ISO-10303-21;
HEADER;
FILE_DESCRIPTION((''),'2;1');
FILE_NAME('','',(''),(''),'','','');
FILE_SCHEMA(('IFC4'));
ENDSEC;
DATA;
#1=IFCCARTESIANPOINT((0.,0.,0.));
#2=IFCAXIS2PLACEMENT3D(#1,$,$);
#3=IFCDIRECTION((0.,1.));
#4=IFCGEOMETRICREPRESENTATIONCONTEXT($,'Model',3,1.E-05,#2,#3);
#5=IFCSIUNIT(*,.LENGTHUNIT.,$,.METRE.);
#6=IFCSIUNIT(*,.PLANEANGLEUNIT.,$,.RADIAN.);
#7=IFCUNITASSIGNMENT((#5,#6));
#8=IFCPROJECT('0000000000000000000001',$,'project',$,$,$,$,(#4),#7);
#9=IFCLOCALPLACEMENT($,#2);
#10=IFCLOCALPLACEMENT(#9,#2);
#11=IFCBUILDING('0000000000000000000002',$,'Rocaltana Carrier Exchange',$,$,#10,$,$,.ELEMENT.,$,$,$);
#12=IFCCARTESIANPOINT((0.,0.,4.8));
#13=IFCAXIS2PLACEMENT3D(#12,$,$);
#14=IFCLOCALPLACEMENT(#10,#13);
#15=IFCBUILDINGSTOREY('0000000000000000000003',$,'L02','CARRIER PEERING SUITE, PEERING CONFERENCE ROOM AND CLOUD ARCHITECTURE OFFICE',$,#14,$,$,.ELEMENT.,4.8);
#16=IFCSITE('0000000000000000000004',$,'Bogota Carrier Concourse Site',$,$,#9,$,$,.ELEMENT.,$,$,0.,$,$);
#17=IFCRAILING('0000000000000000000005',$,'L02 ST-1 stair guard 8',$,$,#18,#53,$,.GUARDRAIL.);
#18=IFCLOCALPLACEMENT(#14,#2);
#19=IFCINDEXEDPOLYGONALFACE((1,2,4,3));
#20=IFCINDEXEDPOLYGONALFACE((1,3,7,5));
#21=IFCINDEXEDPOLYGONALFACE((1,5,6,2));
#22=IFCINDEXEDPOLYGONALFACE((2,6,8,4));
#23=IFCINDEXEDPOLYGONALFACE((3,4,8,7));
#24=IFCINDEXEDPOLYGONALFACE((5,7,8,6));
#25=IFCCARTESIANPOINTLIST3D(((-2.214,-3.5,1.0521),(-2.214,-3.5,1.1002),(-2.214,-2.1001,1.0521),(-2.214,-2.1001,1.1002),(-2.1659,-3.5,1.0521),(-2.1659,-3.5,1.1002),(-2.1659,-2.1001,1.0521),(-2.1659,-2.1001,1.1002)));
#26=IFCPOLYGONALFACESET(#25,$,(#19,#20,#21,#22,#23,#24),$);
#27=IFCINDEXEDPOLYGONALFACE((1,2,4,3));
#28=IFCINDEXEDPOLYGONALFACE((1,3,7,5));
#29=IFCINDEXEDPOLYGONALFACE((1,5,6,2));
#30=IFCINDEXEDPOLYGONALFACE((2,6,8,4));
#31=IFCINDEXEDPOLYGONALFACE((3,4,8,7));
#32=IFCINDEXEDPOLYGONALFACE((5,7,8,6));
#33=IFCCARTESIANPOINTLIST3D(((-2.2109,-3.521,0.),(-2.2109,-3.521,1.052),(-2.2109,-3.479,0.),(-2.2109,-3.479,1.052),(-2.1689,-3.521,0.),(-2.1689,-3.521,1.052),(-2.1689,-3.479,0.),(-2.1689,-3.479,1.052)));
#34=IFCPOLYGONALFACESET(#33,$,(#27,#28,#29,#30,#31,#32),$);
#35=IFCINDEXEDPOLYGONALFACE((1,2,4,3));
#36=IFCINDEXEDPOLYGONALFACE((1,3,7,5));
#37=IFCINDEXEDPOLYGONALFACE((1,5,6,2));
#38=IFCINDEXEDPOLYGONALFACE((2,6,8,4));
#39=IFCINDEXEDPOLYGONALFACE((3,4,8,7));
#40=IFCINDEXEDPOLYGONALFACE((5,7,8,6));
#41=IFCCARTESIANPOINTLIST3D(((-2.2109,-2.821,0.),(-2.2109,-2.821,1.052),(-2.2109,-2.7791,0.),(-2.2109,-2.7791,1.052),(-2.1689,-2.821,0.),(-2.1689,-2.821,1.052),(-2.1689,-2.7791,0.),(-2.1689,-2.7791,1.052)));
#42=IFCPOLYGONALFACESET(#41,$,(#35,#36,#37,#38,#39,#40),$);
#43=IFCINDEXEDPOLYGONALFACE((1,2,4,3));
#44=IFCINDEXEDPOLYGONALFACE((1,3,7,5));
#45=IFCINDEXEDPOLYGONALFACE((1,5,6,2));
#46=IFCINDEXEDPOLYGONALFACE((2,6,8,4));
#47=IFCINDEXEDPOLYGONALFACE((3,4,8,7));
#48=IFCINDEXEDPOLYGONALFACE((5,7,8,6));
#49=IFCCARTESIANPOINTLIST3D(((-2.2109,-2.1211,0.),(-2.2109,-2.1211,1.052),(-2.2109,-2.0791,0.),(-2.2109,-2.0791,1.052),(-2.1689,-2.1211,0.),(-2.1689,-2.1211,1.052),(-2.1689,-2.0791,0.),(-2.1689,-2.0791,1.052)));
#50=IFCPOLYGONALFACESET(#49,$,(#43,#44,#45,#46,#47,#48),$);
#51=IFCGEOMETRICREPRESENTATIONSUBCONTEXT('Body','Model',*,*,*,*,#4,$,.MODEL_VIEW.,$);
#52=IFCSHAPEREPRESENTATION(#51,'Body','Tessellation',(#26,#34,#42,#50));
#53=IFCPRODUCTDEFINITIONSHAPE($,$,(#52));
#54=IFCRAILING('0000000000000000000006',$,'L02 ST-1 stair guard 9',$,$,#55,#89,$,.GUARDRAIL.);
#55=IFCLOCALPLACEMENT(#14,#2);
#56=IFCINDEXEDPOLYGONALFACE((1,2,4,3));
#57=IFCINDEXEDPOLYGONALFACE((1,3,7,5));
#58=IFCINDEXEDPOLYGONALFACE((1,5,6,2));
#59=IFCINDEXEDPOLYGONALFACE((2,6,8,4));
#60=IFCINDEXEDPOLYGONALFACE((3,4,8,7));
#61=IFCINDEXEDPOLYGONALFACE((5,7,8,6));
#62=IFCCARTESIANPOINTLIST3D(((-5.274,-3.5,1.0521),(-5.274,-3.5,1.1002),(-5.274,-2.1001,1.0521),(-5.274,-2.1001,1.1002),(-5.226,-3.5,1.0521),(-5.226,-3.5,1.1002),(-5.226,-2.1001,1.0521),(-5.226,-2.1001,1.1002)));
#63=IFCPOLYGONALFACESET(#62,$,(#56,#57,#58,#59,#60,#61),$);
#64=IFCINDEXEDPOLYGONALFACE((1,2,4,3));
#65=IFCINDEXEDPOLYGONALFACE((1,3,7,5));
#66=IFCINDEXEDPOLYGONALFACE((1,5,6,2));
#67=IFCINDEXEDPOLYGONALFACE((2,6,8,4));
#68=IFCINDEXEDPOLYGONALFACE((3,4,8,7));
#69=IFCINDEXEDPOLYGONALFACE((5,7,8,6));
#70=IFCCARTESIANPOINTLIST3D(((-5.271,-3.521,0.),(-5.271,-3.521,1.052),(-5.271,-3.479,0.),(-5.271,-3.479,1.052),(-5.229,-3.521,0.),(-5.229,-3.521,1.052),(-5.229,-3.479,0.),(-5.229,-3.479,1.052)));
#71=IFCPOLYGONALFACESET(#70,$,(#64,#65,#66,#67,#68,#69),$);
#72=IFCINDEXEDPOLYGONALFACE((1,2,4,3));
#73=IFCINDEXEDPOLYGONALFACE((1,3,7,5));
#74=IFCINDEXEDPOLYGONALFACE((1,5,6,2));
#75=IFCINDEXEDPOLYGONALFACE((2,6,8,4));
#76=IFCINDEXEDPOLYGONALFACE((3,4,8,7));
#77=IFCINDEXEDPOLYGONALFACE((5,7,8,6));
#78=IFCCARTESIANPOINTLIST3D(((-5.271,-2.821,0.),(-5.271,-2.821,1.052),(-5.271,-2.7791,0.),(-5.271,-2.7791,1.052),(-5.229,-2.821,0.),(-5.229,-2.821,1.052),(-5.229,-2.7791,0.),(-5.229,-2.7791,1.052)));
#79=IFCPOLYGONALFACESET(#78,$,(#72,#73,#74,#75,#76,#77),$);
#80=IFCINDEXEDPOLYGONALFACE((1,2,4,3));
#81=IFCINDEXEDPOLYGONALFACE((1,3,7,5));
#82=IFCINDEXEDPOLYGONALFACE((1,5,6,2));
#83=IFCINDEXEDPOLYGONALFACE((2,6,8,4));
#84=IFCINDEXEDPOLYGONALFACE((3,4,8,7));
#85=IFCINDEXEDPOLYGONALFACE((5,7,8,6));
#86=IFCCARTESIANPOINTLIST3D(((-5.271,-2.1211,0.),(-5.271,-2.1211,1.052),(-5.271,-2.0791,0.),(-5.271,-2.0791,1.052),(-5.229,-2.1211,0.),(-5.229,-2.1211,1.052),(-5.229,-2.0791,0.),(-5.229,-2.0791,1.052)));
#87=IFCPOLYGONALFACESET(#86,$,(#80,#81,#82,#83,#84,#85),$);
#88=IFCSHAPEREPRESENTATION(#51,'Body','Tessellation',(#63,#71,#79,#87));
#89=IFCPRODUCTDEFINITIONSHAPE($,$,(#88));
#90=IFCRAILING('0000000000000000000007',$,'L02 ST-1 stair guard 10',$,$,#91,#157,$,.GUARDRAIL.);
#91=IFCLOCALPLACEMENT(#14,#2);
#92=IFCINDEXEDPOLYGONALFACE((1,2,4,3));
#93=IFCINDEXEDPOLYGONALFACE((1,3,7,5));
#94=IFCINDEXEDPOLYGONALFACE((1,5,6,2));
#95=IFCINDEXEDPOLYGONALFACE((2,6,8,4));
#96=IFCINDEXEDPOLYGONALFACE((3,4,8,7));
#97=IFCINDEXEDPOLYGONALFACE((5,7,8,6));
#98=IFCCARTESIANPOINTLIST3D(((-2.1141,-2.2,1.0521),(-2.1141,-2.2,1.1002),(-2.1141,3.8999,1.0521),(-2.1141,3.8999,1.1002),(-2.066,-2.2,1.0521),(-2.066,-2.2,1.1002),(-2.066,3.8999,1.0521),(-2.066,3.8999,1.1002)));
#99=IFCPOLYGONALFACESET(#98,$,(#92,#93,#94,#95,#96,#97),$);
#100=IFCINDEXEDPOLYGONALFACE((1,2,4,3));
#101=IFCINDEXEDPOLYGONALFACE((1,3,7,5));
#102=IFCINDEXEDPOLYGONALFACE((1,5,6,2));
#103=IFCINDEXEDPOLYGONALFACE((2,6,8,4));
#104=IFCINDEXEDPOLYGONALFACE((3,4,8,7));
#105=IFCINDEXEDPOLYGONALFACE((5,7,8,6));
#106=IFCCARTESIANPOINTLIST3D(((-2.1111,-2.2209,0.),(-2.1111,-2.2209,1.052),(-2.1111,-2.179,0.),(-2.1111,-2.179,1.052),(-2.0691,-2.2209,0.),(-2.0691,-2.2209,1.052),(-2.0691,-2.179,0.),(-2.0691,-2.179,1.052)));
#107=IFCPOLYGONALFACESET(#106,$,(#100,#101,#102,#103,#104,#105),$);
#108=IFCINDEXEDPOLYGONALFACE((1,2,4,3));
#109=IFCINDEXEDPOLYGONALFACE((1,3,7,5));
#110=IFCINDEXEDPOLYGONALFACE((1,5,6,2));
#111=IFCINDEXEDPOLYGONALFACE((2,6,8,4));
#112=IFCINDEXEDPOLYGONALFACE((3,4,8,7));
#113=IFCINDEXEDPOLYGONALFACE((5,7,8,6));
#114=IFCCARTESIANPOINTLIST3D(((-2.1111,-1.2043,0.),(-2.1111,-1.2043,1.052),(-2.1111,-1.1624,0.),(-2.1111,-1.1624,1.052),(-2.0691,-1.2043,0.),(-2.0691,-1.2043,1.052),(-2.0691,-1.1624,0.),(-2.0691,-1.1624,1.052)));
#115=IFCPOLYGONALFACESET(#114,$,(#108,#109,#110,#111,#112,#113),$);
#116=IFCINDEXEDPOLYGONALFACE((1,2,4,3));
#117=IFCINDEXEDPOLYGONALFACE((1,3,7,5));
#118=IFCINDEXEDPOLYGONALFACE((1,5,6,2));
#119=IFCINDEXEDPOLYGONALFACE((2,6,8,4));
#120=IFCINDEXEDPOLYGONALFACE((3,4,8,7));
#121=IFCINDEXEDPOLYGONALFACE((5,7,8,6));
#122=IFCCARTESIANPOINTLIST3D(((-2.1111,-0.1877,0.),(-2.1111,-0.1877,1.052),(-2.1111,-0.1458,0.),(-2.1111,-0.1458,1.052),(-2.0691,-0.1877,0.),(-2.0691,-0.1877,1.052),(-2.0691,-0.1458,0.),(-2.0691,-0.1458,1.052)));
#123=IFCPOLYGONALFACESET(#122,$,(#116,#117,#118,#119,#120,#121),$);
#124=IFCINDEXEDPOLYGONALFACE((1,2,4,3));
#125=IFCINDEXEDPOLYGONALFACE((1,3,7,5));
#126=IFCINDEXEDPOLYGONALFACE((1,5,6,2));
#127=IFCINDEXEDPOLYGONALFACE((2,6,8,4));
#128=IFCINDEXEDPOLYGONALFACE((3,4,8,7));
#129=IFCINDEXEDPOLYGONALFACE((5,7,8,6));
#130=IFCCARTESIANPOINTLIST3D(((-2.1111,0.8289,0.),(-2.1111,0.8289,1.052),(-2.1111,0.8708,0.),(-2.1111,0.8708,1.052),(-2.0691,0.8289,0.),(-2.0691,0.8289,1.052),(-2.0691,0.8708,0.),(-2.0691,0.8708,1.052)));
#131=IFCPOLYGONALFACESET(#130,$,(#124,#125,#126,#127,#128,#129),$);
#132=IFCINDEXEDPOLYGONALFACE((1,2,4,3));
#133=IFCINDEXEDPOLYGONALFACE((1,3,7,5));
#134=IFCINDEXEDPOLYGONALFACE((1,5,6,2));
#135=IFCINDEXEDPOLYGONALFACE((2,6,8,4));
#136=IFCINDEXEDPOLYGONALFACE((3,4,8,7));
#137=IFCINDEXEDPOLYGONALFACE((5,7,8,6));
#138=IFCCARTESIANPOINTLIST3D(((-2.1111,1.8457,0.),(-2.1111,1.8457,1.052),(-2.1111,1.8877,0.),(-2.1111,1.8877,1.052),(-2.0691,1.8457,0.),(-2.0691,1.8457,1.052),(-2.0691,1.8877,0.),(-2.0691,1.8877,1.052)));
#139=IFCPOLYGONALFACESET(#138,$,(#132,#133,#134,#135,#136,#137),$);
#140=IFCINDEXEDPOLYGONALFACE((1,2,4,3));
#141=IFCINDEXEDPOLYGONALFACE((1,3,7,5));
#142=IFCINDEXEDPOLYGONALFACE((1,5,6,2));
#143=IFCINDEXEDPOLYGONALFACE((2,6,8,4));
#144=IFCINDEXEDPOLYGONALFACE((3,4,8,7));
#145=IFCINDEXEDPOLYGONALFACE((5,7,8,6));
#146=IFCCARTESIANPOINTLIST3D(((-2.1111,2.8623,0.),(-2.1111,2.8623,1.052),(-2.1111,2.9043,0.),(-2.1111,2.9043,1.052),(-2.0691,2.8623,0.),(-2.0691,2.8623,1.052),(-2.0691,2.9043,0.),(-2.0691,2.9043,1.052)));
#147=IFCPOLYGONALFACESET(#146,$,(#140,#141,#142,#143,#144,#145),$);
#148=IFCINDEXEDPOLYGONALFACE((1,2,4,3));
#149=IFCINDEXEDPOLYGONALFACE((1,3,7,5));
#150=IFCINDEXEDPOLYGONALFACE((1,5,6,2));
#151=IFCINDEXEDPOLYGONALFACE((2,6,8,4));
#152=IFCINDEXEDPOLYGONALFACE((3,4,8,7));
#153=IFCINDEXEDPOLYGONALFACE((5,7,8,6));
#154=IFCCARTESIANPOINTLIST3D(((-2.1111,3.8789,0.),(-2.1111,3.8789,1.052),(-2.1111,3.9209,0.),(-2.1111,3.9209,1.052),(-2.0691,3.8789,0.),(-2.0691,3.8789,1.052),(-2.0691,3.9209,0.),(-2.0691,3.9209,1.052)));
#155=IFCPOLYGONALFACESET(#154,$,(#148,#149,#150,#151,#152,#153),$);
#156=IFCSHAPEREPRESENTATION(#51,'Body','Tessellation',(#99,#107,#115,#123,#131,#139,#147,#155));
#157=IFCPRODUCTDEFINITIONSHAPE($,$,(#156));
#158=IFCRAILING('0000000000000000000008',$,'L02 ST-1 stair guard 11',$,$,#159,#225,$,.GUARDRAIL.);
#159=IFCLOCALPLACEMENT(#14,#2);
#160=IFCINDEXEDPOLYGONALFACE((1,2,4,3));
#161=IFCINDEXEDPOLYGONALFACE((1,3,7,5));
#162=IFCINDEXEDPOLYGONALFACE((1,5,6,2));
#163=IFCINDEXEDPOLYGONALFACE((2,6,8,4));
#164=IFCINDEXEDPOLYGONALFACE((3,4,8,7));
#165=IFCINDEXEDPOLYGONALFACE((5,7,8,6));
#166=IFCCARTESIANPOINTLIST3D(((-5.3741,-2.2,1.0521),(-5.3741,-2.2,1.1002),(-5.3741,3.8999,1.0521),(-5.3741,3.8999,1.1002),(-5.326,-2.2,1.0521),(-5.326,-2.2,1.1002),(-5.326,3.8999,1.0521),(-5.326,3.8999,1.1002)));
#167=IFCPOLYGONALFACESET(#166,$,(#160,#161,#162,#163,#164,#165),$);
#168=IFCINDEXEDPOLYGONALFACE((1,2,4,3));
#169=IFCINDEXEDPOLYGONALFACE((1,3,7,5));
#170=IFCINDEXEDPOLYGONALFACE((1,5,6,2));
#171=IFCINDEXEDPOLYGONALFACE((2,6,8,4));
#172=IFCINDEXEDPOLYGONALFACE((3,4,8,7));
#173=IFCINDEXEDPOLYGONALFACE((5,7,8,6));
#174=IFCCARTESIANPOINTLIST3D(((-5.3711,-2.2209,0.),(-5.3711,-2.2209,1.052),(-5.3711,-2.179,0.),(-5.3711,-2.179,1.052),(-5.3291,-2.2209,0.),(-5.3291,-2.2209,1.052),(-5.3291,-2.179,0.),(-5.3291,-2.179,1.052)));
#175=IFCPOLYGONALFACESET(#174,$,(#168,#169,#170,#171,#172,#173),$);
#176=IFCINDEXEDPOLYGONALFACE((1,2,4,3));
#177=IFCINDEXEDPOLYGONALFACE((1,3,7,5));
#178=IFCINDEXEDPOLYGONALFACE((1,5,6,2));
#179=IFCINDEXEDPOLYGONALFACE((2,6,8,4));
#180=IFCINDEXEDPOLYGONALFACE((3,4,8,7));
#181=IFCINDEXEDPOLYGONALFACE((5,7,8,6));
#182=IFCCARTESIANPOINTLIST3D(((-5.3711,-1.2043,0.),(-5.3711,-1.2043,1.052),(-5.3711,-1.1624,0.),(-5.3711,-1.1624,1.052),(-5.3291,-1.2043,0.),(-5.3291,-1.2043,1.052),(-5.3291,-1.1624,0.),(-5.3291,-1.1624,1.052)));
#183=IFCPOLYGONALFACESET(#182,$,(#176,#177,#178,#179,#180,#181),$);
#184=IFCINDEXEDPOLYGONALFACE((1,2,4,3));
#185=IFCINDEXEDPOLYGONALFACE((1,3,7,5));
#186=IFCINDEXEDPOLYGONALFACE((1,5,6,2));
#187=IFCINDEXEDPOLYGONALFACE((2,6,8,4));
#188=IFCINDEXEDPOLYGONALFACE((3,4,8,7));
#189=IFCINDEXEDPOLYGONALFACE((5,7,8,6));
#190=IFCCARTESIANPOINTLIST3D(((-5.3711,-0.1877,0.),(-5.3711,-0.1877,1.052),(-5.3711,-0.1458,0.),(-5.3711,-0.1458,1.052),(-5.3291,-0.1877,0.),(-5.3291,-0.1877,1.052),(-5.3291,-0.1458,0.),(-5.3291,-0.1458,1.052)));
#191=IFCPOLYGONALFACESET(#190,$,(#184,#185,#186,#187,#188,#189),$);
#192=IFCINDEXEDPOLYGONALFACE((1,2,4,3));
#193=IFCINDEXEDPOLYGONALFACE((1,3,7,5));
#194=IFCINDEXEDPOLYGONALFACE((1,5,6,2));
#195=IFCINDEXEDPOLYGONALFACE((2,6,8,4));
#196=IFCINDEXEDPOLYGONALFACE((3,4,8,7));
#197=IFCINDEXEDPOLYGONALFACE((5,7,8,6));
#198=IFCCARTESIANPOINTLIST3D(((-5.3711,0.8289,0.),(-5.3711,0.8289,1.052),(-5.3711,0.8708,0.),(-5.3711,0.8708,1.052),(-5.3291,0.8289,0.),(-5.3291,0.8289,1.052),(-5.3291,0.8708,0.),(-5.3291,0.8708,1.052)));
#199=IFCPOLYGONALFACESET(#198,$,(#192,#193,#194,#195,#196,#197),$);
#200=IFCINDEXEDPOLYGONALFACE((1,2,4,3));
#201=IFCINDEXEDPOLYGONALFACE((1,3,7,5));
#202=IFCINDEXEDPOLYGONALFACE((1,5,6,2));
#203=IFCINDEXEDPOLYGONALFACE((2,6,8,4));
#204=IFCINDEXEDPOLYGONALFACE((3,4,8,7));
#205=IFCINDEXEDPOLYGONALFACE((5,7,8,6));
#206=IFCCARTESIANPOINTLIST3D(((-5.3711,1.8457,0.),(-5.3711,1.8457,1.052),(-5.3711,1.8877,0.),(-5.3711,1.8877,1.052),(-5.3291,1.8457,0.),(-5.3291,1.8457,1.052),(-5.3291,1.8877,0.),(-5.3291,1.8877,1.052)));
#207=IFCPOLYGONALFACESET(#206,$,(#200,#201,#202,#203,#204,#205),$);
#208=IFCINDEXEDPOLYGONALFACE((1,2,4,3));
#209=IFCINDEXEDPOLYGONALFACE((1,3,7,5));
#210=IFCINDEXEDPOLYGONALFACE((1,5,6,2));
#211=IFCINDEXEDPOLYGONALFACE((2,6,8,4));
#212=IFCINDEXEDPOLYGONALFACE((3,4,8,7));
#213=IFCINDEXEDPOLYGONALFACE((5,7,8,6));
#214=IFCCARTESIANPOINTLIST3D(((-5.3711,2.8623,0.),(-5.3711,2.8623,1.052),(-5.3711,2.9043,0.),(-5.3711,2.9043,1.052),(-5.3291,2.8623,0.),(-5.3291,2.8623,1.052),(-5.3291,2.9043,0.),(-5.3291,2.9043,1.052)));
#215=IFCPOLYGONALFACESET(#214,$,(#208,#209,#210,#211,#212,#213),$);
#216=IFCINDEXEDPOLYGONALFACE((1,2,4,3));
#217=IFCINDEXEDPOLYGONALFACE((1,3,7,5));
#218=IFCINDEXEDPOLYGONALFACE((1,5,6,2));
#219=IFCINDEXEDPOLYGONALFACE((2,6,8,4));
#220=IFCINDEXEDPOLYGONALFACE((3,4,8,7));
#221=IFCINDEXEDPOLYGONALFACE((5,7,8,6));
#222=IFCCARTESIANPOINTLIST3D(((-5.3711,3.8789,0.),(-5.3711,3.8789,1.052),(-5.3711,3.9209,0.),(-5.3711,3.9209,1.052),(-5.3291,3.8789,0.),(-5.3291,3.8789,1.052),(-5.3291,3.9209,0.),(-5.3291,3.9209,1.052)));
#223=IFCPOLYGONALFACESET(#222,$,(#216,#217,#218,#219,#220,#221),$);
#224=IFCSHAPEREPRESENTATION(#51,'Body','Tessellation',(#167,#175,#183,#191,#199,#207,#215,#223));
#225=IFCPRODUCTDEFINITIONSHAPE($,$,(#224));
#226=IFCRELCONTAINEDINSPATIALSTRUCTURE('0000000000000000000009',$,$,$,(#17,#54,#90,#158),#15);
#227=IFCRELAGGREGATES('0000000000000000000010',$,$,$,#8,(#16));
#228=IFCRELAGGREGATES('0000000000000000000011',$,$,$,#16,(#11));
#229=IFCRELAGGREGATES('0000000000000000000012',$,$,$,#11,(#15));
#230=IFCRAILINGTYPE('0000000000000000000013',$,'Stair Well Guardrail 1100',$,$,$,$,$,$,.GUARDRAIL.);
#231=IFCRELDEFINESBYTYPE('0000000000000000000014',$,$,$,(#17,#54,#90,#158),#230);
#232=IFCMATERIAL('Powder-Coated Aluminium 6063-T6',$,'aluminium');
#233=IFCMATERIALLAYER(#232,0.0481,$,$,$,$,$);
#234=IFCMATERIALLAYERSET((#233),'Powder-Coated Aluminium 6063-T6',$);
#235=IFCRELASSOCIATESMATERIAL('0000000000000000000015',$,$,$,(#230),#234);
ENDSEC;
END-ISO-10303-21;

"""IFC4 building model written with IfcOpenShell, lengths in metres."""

from ifc_helpers import new_model, si_unit, direction, frame, origin, origin_2d, place, context, subcontext, project, spatial, rectangle, extrude, material, layer, layer_set, type_object, element, save


model = new_model("IFC4")

# Units and contexts
model_context = context("Model", 3, precision=1e-05, world=origin(), true_north=direction((0.0, 1.0)))
body_context = subcontext(model_context, "Body", "Model", "MODEL_VIEW")
ifc_project = project(units=[si_unit("LENGTHUNIT", "METRE"), si_unit("PLANEANGLEUNIT", "RADIAN")], contexts=[model_context])

# Site, building, storey
site_placement = place(None, origin())
site = spatial("IfcSite", under=ifc_project, at=site_placement, Name="Bogota Carrier Concourse Site", CompositionType="ELEMENT", RefElevation=0.0)
building_placement = place(site_placement, origin())
building = spatial("IfcBuilding", under=site, at=building_placement, Name="Rocaltana Carrier Exchange", CompositionType="ELEMENT")
storey_placement = place(building_placement, frame((0.0, 0.0, 4.8)))
storey = spatial("IfcBuildingStorey", under=building, at=storey_placement, Name="L02", Description="CARRIER PEERING SUITE, PEERING CONFERENCE ROOM AND CLOUD ARCHITECTURE OFFICE", CompositionType="ELEMENT", Elevation=4.8)

# Railings
ifc_material_1 = material(Name="Powder-Coated Aluminium 6063-T6", Category="aluminium")
ifc_layer_1 = layer(ifc_material_1, 0.0481)
ifc_layer_set_1 = layer_set([ifc_layer_1], Name="Powder-Coated Aluminium 6063-T6")
railing_type_1 = type_object("IfcRailingType", Name="Stair Well Guardrail 1100", PredefinedType="GUARDRAIL", material=ifc_layer_set_1)
for number, where, name in (
    (1, (-2.1899, -3.5, 0.0), "L02 ST-1 stair guard 8"),
    (2, (-5.25, -3.5, 0.0), "L02 ST-1 stair guard 9"),
):
    element("IfcRailing", number, at=place(storey_placement, frame(where)), inside=storey, type_object=railing_type_1, Name=name, PredefinedType="GUARDRAIL", context=body_context, shape_type="SweptSolid", body=[
        extrude(rectangle(XDim=0.0481, YDim=0.0481, at=origin_2d()), frame((0.0, 0.0, 1.0762), z_axis=(0.0, 1.0, 0.0), x_axis=(-1.0, 0.0, 0.0)), (0.0, 0.0, 1.0), 1.3999),
        extrude(rectangle(XDim=0.042, YDim=0.042, at=origin_2d()), origin(), (0.0, 0.0, 1.0), 1.052),
        extrude(rectangle(XDim=0.042, YDim=0.042, at=origin_2d()), frame((0.0, 0.7, 0.0)), (0.0, 0.0, 1.0), 1.052),
        extrude(rectangle(XDim=0.042, YDim=0.042, at=origin_2d()), frame((0.0, 1.3999, 0.0)), (0.0, 0.0, 1.0), 1.052),
    ])
for number, where, name in (
    (3, (-2.0901, -2.2, 0.0), "L02 ST-1 stair guard 10"),
    (4, (-5.3501, -2.2, 0.0), "L02 ST-1 stair guard 11"),
):
    element("IfcRailing", number, at=place(storey_placement, frame(where)), inside=storey, type_object=railing_type_1, Name=name, PredefinedType="GUARDRAIL", context=body_context, shape_type="SweptSolid", body=[
        extrude(rectangle(XDim=0.0481, YDim=0.0481, at=origin_2d()), frame((0.0, 0.0, 1.0762), z_axis=(0.0, 1.0, 0.0), x_axis=(-1.0, 0.0, 0.0)), (0.0, 0.0, 1.0), 6.0999),
        extrude(rectangle(XDim=0.042, YDim=0.042, at=origin_2d()), origin(), (0.0, 0.0, 1.0), 1.052),
        extrude(rectangle(XDim=0.042, YDim=0.042, at=origin_2d()), frame((0.0, 1.0166, 0.0)), (0.0, 0.0, 1.0), 1.052),
        extrude(rectangle(XDim=0.042, YDim=0.042, at=origin_2d()), frame((0.0, 2.0332, 0.0)), (0.0, 0.0, 1.0), 1.052),
        extrude(rectangle(XDim=0.042, YDim=0.042, at=origin_2d()), frame((0.0, 3.0498, 0.0)), (0.0, 0.0, 1.0), 1.052),
        extrude(rectangle(XDim=0.042, YDim=0.042, at=origin_2d()), frame((0.0, 4.0667, 0.0)), (0.0, 0.0, 1.0), 1.052),
        extrude(rectangle(XDim=0.042, YDim=0.042, at=origin_2d()), frame((0.0, 5.0833, 0.0)), (0.0, 0.0, 1.0), 1.052),
        extrude(rectangle(XDim=0.042, YDim=0.042, at=origin_2d()), frame((0.0, 6.0999, 0.0)), (0.0, 0.0, 1.0), 1.052),
    ])

save(model, "model.ifc")
